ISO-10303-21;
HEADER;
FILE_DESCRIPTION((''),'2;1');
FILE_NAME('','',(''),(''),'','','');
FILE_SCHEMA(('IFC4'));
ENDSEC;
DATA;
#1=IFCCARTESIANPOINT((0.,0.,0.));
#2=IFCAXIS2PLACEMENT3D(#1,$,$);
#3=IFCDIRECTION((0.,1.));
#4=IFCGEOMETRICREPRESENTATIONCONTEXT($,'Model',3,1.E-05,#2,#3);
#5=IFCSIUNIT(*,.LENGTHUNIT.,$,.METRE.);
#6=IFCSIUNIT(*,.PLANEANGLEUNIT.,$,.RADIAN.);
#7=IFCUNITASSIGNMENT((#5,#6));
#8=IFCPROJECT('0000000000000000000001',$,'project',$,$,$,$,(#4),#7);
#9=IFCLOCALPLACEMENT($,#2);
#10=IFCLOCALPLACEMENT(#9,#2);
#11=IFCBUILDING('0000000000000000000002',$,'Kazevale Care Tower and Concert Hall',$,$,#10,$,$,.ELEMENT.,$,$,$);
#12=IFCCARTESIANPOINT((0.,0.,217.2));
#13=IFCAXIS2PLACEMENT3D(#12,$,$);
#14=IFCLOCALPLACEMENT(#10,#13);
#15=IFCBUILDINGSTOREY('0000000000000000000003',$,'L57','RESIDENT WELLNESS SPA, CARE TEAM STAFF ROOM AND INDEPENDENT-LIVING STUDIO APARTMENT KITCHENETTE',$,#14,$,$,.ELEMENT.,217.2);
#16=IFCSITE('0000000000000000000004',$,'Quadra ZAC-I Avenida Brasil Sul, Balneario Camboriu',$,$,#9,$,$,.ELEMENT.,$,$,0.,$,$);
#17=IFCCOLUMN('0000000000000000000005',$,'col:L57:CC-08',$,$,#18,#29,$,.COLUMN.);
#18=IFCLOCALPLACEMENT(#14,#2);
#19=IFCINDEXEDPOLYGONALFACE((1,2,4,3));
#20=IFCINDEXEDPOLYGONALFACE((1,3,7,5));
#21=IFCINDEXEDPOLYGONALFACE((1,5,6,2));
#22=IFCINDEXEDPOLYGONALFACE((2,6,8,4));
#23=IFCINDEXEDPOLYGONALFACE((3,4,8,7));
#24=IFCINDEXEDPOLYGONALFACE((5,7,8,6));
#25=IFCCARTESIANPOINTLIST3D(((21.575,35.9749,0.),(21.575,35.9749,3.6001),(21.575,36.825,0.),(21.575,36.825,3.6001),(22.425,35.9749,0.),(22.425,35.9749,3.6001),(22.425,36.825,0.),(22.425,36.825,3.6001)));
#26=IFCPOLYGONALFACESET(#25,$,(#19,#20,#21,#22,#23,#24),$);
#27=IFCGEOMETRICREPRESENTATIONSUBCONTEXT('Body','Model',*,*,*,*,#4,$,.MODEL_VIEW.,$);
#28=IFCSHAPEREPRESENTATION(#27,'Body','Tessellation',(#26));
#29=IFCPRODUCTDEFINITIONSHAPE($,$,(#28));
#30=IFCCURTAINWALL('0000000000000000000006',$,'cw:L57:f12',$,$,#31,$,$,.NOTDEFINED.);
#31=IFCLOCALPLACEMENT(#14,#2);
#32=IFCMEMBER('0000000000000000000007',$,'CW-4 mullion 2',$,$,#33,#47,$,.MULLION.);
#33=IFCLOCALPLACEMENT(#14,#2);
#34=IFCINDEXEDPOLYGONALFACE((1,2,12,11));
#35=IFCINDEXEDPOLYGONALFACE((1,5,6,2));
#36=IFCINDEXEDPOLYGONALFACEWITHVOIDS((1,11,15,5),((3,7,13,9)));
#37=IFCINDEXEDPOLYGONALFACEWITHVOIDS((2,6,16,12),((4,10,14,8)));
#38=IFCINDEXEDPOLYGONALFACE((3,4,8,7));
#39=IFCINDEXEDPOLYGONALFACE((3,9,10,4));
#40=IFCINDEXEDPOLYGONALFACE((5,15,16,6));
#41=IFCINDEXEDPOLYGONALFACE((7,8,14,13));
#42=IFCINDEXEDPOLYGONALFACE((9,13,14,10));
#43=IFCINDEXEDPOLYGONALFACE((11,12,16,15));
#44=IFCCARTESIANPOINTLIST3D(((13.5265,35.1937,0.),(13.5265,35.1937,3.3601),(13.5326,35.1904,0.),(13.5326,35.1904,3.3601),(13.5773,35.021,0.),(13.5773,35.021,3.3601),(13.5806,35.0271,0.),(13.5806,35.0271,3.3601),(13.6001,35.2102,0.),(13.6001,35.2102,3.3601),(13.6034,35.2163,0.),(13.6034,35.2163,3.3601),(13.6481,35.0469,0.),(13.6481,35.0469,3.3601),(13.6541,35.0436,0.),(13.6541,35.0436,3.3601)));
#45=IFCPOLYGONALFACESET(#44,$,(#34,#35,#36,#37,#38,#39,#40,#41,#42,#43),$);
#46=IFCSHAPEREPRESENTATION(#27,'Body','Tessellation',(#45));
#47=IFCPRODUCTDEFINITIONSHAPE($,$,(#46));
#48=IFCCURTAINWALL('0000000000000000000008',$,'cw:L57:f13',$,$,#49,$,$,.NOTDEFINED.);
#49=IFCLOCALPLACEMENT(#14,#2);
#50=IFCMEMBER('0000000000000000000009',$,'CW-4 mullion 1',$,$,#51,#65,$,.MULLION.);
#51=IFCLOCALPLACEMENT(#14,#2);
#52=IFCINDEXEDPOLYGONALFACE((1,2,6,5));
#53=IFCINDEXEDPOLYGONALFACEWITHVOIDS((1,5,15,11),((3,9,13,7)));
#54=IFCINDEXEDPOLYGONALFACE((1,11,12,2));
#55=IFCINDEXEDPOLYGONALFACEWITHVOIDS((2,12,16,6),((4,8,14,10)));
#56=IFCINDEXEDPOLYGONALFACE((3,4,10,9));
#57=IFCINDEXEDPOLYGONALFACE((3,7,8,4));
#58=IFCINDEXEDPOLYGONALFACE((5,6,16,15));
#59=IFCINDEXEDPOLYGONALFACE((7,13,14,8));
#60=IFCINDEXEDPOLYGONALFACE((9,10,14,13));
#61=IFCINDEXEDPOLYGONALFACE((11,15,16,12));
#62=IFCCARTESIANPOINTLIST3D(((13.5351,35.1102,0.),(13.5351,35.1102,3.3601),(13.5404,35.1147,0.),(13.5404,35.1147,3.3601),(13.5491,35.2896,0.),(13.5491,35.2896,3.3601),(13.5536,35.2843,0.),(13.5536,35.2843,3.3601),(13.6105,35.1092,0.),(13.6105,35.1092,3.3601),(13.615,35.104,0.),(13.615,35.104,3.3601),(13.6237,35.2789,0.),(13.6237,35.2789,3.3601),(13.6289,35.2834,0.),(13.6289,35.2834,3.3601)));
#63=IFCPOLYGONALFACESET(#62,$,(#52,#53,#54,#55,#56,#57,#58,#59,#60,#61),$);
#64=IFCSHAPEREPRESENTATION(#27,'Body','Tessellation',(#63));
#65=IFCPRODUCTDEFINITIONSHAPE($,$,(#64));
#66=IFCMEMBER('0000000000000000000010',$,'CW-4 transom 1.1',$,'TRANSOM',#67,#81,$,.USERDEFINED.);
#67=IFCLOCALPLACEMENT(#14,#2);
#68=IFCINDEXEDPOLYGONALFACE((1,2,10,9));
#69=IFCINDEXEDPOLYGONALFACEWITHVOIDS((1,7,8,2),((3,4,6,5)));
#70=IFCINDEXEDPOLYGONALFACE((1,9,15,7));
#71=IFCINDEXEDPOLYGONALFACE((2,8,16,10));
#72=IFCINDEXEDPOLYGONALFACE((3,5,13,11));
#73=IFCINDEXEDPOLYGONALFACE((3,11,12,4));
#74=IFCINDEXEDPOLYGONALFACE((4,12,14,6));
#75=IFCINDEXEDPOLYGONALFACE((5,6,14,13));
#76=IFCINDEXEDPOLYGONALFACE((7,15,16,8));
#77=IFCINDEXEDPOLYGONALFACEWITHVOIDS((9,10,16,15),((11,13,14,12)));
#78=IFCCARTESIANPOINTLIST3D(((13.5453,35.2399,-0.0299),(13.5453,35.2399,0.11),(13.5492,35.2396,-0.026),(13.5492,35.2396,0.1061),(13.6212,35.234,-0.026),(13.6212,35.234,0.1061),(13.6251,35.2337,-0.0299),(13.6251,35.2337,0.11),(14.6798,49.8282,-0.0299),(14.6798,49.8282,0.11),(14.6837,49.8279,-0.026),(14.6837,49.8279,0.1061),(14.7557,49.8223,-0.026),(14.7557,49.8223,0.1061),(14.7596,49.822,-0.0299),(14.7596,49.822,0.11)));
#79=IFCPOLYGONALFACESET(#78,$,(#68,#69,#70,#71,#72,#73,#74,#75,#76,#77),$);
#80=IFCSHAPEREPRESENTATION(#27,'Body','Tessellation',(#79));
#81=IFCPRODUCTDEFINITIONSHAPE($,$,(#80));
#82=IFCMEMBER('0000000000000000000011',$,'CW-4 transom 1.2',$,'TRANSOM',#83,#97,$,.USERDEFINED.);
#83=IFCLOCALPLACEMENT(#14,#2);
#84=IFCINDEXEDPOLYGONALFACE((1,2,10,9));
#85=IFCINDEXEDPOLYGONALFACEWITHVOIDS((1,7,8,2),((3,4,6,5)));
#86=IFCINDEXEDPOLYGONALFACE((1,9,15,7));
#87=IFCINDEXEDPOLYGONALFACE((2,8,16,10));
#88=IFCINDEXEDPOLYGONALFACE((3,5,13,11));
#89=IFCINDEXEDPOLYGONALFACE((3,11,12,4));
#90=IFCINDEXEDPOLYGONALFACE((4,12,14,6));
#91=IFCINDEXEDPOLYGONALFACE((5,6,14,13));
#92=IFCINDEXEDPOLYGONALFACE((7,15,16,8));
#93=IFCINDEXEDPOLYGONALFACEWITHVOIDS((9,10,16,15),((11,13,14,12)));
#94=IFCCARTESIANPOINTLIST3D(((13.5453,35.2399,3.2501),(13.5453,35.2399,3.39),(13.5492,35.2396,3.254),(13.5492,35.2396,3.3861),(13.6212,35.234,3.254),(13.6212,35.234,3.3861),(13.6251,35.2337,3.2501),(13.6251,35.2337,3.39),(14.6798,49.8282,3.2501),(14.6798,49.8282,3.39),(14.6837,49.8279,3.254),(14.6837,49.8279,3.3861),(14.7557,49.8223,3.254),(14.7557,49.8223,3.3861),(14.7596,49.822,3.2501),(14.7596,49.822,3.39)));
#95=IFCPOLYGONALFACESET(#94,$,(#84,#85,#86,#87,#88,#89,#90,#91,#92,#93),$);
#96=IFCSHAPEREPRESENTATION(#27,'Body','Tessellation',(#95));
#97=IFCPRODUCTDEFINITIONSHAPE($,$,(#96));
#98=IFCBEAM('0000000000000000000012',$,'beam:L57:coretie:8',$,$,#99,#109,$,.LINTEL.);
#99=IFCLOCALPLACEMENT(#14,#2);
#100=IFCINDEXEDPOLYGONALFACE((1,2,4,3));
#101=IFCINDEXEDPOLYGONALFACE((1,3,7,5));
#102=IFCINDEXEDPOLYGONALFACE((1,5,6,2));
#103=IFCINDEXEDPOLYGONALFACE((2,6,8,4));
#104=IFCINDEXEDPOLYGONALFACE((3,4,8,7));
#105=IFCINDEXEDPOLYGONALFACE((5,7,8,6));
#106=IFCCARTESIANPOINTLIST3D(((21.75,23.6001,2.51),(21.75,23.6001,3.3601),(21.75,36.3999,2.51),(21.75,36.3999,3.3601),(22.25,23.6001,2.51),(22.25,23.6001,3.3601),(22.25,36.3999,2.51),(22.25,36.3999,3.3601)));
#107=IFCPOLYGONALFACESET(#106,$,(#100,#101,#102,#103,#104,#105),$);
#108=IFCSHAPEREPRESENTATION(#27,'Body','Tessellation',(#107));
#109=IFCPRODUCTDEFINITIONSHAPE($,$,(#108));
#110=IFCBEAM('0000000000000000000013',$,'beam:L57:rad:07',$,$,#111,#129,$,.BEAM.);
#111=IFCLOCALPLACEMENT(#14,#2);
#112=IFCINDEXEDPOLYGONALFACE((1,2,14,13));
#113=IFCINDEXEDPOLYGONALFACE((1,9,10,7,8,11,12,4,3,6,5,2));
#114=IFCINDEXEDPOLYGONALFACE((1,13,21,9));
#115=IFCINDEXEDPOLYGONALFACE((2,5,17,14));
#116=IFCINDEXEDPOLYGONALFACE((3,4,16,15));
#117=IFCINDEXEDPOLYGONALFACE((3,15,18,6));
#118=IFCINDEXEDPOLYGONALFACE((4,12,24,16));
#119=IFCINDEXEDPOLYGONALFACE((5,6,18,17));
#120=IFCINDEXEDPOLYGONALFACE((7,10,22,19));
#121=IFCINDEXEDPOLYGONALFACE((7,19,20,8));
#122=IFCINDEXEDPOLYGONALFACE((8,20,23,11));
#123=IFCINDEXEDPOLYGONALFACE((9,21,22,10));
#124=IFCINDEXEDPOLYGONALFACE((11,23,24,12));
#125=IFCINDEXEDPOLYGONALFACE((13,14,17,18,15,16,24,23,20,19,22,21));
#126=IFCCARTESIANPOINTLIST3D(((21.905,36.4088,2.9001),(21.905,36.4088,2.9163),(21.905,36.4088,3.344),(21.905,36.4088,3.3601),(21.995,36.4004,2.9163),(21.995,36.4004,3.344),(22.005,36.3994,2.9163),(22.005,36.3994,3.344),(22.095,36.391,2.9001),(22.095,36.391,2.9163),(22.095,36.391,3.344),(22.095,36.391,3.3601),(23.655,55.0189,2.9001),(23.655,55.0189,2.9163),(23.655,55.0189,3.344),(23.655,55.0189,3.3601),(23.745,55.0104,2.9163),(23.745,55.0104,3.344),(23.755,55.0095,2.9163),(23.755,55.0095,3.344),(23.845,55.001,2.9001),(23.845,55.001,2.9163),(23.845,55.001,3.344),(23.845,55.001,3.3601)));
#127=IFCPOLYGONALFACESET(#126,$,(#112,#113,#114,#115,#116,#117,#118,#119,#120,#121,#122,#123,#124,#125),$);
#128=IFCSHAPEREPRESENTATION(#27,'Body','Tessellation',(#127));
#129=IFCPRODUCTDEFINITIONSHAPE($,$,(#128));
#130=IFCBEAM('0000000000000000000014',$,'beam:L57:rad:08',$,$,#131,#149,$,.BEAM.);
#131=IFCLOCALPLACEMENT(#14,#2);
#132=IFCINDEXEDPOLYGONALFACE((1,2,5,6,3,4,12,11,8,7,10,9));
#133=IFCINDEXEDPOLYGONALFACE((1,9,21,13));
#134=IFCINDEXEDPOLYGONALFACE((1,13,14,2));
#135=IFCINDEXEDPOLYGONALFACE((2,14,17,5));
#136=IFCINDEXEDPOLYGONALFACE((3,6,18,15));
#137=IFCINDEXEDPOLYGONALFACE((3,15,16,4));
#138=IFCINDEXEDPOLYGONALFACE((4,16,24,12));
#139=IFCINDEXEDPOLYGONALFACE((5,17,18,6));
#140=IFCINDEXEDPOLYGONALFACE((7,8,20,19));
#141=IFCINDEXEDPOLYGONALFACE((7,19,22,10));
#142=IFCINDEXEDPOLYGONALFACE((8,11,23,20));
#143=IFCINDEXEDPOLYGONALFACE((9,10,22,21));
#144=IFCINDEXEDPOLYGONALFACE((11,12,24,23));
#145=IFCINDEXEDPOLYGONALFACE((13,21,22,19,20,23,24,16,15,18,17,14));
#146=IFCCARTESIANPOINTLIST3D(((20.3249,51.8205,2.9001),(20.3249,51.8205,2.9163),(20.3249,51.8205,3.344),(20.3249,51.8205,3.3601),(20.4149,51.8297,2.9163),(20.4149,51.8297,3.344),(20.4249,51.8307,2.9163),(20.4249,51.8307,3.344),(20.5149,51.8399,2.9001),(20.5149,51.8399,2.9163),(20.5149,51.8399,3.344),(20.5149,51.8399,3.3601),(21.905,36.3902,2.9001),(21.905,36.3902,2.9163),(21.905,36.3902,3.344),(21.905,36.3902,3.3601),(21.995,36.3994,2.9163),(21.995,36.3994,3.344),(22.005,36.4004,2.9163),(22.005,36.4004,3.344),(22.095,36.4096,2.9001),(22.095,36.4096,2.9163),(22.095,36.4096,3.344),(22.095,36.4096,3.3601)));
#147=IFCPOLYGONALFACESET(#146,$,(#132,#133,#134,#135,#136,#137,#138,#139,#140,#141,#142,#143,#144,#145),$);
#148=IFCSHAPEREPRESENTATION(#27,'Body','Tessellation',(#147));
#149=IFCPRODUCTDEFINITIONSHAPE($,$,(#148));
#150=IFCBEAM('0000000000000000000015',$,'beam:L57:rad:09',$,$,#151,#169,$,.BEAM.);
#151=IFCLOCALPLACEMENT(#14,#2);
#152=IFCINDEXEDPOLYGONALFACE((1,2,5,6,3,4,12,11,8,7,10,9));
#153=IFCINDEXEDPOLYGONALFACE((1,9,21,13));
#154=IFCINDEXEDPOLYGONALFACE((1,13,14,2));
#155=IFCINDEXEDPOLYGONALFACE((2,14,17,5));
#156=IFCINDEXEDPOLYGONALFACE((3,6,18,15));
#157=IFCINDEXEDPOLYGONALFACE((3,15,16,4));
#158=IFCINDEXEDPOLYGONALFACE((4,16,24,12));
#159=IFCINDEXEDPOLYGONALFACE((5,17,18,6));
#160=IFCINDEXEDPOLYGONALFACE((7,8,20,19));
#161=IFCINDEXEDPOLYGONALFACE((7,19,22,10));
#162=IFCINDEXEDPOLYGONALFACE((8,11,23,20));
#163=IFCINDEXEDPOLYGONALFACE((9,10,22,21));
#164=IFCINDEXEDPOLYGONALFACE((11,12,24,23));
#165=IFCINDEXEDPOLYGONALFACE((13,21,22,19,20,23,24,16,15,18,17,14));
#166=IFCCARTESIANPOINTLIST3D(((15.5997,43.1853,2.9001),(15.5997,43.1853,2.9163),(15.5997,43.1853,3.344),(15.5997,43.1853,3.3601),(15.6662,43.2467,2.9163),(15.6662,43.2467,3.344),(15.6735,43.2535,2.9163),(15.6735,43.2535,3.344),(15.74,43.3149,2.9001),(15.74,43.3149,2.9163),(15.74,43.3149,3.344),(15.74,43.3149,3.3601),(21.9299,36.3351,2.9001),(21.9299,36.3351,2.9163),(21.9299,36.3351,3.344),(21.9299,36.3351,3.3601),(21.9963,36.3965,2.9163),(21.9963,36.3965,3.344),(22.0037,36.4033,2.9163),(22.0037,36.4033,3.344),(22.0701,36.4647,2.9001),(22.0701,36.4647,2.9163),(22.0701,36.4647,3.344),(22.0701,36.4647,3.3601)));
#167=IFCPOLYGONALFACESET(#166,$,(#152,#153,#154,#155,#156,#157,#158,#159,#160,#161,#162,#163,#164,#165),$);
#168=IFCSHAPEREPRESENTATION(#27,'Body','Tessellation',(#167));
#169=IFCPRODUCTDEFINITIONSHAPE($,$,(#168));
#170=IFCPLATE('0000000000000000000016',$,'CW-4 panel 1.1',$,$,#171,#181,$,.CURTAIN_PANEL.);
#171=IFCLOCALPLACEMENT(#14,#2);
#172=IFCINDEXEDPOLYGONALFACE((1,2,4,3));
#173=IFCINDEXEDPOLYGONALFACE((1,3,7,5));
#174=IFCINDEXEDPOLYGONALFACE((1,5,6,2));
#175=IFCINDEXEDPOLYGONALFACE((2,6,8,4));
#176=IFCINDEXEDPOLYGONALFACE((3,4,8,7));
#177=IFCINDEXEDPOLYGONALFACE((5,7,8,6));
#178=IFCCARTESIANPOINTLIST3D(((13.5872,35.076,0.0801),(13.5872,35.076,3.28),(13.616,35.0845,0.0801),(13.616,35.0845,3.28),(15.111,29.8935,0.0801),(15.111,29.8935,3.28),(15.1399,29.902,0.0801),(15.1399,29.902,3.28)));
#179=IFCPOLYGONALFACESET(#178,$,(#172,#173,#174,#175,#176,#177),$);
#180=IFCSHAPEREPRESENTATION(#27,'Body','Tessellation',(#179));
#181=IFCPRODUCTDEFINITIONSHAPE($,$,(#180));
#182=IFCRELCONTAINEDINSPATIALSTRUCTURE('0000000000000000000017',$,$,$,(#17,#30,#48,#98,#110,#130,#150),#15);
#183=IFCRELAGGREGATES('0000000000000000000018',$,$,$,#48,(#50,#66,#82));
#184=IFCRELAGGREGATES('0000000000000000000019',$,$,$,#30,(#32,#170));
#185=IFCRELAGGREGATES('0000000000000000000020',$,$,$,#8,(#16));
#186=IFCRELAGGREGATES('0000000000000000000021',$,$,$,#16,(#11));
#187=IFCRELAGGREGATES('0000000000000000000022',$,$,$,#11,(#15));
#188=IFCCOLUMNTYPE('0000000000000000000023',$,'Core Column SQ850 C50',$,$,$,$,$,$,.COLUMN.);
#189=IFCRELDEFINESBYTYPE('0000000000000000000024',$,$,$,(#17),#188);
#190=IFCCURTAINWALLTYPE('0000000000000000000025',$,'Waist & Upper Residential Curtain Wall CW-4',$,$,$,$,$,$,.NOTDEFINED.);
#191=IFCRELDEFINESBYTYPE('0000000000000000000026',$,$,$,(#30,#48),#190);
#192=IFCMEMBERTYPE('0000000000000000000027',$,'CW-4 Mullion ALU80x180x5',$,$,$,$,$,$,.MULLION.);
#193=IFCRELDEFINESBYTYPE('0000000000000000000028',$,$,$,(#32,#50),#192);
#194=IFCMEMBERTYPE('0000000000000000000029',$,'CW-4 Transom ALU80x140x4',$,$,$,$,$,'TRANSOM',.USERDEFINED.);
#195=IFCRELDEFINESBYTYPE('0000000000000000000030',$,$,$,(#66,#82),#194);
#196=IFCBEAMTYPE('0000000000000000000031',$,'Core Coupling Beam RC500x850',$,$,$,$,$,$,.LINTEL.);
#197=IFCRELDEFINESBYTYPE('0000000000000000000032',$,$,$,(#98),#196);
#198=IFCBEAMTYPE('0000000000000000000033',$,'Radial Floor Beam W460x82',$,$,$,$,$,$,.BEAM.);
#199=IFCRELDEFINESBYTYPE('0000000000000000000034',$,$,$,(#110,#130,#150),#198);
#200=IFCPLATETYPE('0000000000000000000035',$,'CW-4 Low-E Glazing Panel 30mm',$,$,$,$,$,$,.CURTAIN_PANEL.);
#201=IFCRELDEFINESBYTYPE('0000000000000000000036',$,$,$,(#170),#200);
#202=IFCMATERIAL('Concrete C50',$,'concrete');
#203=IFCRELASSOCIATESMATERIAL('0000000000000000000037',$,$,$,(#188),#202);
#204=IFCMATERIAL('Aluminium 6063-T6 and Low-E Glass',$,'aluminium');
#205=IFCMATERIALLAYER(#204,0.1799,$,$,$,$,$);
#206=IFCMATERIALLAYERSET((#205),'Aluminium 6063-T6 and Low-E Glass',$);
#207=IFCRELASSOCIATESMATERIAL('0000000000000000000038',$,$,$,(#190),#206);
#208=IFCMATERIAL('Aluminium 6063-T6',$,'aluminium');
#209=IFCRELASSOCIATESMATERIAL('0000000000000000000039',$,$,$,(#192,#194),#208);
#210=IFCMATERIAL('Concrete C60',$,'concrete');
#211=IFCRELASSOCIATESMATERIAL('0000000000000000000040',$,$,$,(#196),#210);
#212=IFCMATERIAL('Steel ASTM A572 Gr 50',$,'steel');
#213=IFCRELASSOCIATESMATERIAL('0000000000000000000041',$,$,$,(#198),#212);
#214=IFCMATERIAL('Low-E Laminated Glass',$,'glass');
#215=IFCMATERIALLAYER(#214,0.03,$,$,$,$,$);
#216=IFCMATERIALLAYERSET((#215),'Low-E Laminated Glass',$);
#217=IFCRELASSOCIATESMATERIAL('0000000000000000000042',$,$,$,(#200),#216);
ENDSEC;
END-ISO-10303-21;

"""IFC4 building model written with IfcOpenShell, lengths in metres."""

from ifc_helpers import new_model, si_unit, direction, frame, origin, origin_2d, place, context, subcontext, project, spatial, rectangle, hollow_rectangle, i_section, extrude, material, layer, layer_set, material_profile, profile_set, type_object, element, aggregate, save


model = new_model("IFC4")

# Units and contexts
model_context = context("Model", 3, precision=1e-05, world=origin(), true_north=direction((0.0, 1.0)))
body_context = subcontext(model_context, "Body", "Model", "MODEL_VIEW")
ifc_project = project(units=[si_unit("LENGTHUNIT", "METRE"), si_unit("PLANEANGLEUNIT", "RADIAN")], contexts=[model_context])

# Site, building, storey
site_placement = place(None, origin())
site = spatial("IfcSite", under=ifc_project, at=site_placement, Name="Quadra ZAC-I Avenida Brasil Sul, Balneario Camboriu", CompositionType="ELEMENT", RefElevation=0.0)
building_placement = place(site_placement, origin())
building = spatial("IfcBuilding", under=site, at=building_placement, Name="Kazevale Care Tower and Concert Hall", CompositionType="ELEMENT")
storey_placement = place(building_placement, frame((0.0, 0.0, 217.2)))
storey = spatial("IfcBuildingStorey", under=building, at=storey_placement, Name="L57", Description="RESIDENT WELLNESS SPA, CARE TEAM STAFF ROOM AND INDEPENDENT-LIVING STUDIO APARTMENT KITCHENETTE", CompositionType="ELEMENT", Elevation=217.2)

# Column
ifc_material_1 = material(Name="Concrete C50", Category="concrete")
ifc_material_profile_1 = material_profile(ifc_material_1, rectangle(XDim=0.8501, YDim=0.8501, at=origin_2d()), Name="RC-SQ850")
ifc_profile_set_1 = profile_set([ifc_material_profile_1], Name="Concrete C50")
column_type = type_object("IfcColumnType", Name="Core Column SQ850 C50", PredefinedType="COLUMN", material=ifc_profile_set_1)
column_placement = place(storey_placement, frame((22.0, 36.3999, 0.0), z_axis=(0.0, 0.0, 1.0), x_axis=(1.0, 0.0, 0.0)))
element("IfcColumn", 1, at=column_placement, inside=storey, type_object=column_type, Name="col:L57:CC-08", PredefinedType="COLUMN", context=body_context, shape_type="SweptSolid", body=[
    extrude(rectangle(XDim=0.8501, YDim=0.8501, at=origin_2d()), origin(), (0.0, 0.0, 1.0), 3.6001),
])

# Curtain wall, member
ifc_material_2 = material(Name="Aluminium 6063-T6 and Low-E Glass", Category="aluminium")
ifc_layer_1 = layer(ifc_material_2, 0.1799)
ifc_layer_set_1 = layer_set([ifc_layer_1], Name="Aluminium 6063-T6 and Low-E Glass")
curtain_wall_type = type_object("IfcCurtainWallType", Name="Waist & Upper Residential Curtain Wall CW-4", PredefinedType="NOTDEFINED", material=ifc_layer_set_1)
curtain_wall_1_placement = place(storey_placement, origin())
curtain_wall_1 = element("IfcCurtainWall", 2, at=curtain_wall_1_placement, inside=storey, type_object=curtain_wall_type, Name="cw:L57:f12", PredefinedType="NOTDEFINED")
ifc_material_3 = material(Name="Aluminium 6063-T6", Category="aluminium")
ifc_material_profile_2 = material_profile(ifc_material_3, hollow_rectangle(XDim=0.0801, YDim=0.1799, WallThickness=0.0049, at=origin_2d()), Name="ALU80x180x5")
ifc_profile_set_2 = profile_set([ifc_material_profile_2], Name="Aluminium 6063-T6")
member_type_1 = type_object("IfcMemberType", Name="CW-4 Mullion ALU80x180x5", PredefinedType="MULLION", material=ifc_profile_set_2)
member_1_placement = place(storey_placement, frame((13.5903, 35.1187, 0.0), z_axis=(0.0, 0.0, 1.0), x_axis=(-0.959386, -0.282098, 0.0)))
member_1 = element("IfcMember", 3, at=member_1_placement, type_object=member_type_1, Name="CW-4 mullion 2", PredefinedType="MULLION", context=body_context, shape_type="SweptSolid", body=[
    extrude(hollow_rectangle(XDim=0.0801, YDim=0.1799, WallThickness=0.0049, at=origin_2d()), origin(), (0.0, 0.0, 1.0), 3.3601),
])

# Curtain wall, members
curtain_wall_2_placement = place(storey_placement, origin())
curtain_wall_2 = element("IfcCurtainWall", 4, at=curtain_wall_2_placement, inside=storey, type_object=curtain_wall_type, Name="cw:L57:f13", PredefinedType="NOTDEFINED")
member_2_placement = place(storey_placement, frame((13.582, 35.1968, 0.0), z_axis=(0.0, 0.0, 1.0), x_axis=(-0.996989, 0.077539, 0.0)))
member_2 = element("IfcMember", 5, at=member_2_placement, type_object=member_type_1, Name="CW-4 mullion 1", PredefinedType="MULLION", context=body_context, shape_type="SweptSolid", body=[
    extrude(hollow_rectangle(XDim=0.0801, YDim=0.1799, WallThickness=0.0049, at=origin_2d()), origin(), (0.0, 0.0, 1.0), 3.3601),
])
ifc_material_profile_3 = material_profile(ifc_material_3, hollow_rectangle(XDim=0.0801, YDim=0.1399, WallThickness=0.0039, at=origin_2d()), Name="ALU80x140x4")
ifc_profile_set_3 = profile_set([ifc_material_profile_3], Name="Aluminium 6063-T6")
member_type_2 = type_object("IfcMemberType", Name="CW-4 Transom ALU80x140x4", ElementType="TRANSOM", PredefinedType="USERDEFINED", material=ifc_profile_set_3)
member_3_placement = place(storey_placement, frame((13.5852, 35.2368, 0.04), z_axis=(0.077535, 0.99699, 0.0), x_axis=(-0.99699, 0.077535, 0.0)))
member_3 = element("IfcMember", 6, at=member_3_placement, type_object=member_type_2, Name="CW-4 transom 1.1", ObjectType="TRANSOM", PredefinedType="USERDEFINED", context=body_context, shape_type="SweptSolid", body=[
    extrude(hollow_rectangle(XDim=0.0801, YDim=0.1399, WallThickness=0.0039, at=origin_2d()), origin(), (0.0, 0.0, 1.0), 14.6323),
])
member_4_placement = place(storey_placement, frame((13.5852, 35.2368, 3.3201), z_axis=(0.077535, 0.99699, 0.0), x_axis=(-0.99699, 0.077535, 0.0)))
member_4 = element("IfcMember", 7, at=member_4_placement, type_object=member_type_2, Name="CW-4 transom 1.2", ObjectType="TRANSOM", PredefinedType="USERDEFINED", context=body_context, shape_type="SweptSolid", body=[
    extrude(hollow_rectangle(XDim=0.0801, YDim=0.1399, WallThickness=0.0039, at=origin_2d()), origin(), (0.0, 0.0, 1.0), 14.6323),
])
aggregate(curtain_wall_2, [member_2, member_3, member_4])

# Beams
ifc_material_4 = material(Name="Concrete C60", Category="concrete")
ifc_material_profile_4 = material_profile(ifc_material_4, rectangle(XDim=0.5, YDim=0.8501, at=origin_2d()), Name="RC-B500x850")
ifc_profile_set_4 = profile_set([ifc_material_profile_4], Name="Concrete C60")
beam_type_1 = type_object("IfcBeamType", Name="Core Coupling Beam RC500x850", PredefinedType="LINTEL", material=ifc_profile_set_4)
beam_1_placement = place(storey_placement, frame((22.0, 36.3999, 2.9351), z_axis=(0.0, -1.0, 0.0), x_axis=(1.0, 0.0, 0.0)))
element("IfcBeam", 8, at=beam_1_placement, inside=storey, type_object=beam_type_1, Name="beam:L57:coretie:8", PredefinedType="LINTEL", context=body_context, shape_type="SweptSolid", body=[
    extrude(rectangle(XDim=0.5, YDim=0.8501, at=origin_2d()), origin(), (0.0, 0.0, 1.0), 12.7998),
])
ifc_material_5 = material(Name="Steel ASTM A572 Gr 50", Category="steel")
ifc_material_profile_5 = material_profile(ifc_material_5, i_section(OverallWidth=0.1909, OverallDepth=0.46, WebThickness=0.01, FlangeThickness=0.0161, at=origin_2d()), Name="W460x82")
ifc_profile_set_5 = profile_set([ifc_material_profile_5], Name="Steel ASTM A572 Gr 50")
beam_type_2 = type_object("IfcBeamType", Name="Radial Floor Beam W460x82", PredefinedType="BEAM", material=ifc_profile_set_5)
beam_2_placement = place(storey_placement, frame((22.0, 36.3999, 3.1301), z_axis=(0.093622, 0.995608, 0.0), x_axis=(-0.995608, 0.093622, 0.0)))
element("IfcBeam", 9, at=beam_2_placement, inside=storey, type_object=beam_type_2, Name="beam:L57:rad:07", PredefinedType="BEAM", context=body_context, shape_type="SweptSolid", body=[
    extrude(i_section(OverallWidth=0.1909, OverallDepth=0.46, WebThickness=0.01, FlangeThickness=0.0161, at=origin_2d()), origin(), (0.0, 0.0, 1.0), 18.6921),
])
beam_3_placement = place(storey_placement, frame((22.0, 36.3999, 3.1301), z_axis=(-0.101869, 0.994798, 0.0), x_axis=(-0.994798, -0.101869, 0.0)))
element("IfcBeam", 10, at=beam_3_placement, inside=storey, type_object=beam_type_2, Name="beam:L57:rad:08", PredefinedType="BEAM", context=body_context, shape_type="SweptSolid", body=[
    extrude(i_section(OverallWidth=0.1909, OverallDepth=0.46, WebThickness=0.01, FlangeThickness=0.0161, at=origin_2d()), origin(), (0.0, 0.0, 1.0), 15.511),
])
beam_4_placement = place(storey_placement, frame((22.0, 36.3999, 3.1301), z_axis=(-0.67868, 0.734434, 0.0), x_axis=(-0.734434, -0.67868, 0.0)))
element("IfcBeam", 11, at=beam_4_placement, inside=storey, type_object=beam_type_2, Name="beam:L57:rad:09", PredefinedType="BEAM", context=body_context, shape_type="SweptSolid", body=[
    extrude(i_section(OverallWidth=0.1909, OverallDepth=0.46, WebThickness=0.01, FlangeThickness=0.0161, at=origin_2d()), origin(), (0.0, 0.0, 1.0), 9.3271),
])

# Plate
ifc_material_6 = material(Name="Low-E Laminated Glass", Category="glass")
ifc_layer_2 = layer(ifc_material_6, 0.03)
ifc_layer_set_2 = layer_set([ifc_layer_2], Name="Low-E Laminated Glass")
plate_type = type_object("IfcPlateType", Name="CW-4 Low-E Glazing Panel 30mm", PredefinedType="CURTAIN_PANEL", material=ifc_layer_set_2)
plate_placement = place(storey_placement, frame((14.3635, 32.489, 0.0801), z_axis=(0.0, 0.0, 1.0), x_axis=(-0.282098, 0.959386, 0.0)))
plate = element("IfcPlate", 12, at=plate_placement, type_object=plate_type, Name="CW-4 panel 1.1", PredefinedType="CURTAIN_PANEL", context=body_context, shape_type="SweptSolid", body=[
    extrude(rectangle(XDim=5.4019, YDim=0.03, at=origin_2d()), origin(), (0.0, 0.0, 1.0), 3.2),
])
aggregate(curtain_wall_1, [member_1, plate])

save(model, "model.ifc")
